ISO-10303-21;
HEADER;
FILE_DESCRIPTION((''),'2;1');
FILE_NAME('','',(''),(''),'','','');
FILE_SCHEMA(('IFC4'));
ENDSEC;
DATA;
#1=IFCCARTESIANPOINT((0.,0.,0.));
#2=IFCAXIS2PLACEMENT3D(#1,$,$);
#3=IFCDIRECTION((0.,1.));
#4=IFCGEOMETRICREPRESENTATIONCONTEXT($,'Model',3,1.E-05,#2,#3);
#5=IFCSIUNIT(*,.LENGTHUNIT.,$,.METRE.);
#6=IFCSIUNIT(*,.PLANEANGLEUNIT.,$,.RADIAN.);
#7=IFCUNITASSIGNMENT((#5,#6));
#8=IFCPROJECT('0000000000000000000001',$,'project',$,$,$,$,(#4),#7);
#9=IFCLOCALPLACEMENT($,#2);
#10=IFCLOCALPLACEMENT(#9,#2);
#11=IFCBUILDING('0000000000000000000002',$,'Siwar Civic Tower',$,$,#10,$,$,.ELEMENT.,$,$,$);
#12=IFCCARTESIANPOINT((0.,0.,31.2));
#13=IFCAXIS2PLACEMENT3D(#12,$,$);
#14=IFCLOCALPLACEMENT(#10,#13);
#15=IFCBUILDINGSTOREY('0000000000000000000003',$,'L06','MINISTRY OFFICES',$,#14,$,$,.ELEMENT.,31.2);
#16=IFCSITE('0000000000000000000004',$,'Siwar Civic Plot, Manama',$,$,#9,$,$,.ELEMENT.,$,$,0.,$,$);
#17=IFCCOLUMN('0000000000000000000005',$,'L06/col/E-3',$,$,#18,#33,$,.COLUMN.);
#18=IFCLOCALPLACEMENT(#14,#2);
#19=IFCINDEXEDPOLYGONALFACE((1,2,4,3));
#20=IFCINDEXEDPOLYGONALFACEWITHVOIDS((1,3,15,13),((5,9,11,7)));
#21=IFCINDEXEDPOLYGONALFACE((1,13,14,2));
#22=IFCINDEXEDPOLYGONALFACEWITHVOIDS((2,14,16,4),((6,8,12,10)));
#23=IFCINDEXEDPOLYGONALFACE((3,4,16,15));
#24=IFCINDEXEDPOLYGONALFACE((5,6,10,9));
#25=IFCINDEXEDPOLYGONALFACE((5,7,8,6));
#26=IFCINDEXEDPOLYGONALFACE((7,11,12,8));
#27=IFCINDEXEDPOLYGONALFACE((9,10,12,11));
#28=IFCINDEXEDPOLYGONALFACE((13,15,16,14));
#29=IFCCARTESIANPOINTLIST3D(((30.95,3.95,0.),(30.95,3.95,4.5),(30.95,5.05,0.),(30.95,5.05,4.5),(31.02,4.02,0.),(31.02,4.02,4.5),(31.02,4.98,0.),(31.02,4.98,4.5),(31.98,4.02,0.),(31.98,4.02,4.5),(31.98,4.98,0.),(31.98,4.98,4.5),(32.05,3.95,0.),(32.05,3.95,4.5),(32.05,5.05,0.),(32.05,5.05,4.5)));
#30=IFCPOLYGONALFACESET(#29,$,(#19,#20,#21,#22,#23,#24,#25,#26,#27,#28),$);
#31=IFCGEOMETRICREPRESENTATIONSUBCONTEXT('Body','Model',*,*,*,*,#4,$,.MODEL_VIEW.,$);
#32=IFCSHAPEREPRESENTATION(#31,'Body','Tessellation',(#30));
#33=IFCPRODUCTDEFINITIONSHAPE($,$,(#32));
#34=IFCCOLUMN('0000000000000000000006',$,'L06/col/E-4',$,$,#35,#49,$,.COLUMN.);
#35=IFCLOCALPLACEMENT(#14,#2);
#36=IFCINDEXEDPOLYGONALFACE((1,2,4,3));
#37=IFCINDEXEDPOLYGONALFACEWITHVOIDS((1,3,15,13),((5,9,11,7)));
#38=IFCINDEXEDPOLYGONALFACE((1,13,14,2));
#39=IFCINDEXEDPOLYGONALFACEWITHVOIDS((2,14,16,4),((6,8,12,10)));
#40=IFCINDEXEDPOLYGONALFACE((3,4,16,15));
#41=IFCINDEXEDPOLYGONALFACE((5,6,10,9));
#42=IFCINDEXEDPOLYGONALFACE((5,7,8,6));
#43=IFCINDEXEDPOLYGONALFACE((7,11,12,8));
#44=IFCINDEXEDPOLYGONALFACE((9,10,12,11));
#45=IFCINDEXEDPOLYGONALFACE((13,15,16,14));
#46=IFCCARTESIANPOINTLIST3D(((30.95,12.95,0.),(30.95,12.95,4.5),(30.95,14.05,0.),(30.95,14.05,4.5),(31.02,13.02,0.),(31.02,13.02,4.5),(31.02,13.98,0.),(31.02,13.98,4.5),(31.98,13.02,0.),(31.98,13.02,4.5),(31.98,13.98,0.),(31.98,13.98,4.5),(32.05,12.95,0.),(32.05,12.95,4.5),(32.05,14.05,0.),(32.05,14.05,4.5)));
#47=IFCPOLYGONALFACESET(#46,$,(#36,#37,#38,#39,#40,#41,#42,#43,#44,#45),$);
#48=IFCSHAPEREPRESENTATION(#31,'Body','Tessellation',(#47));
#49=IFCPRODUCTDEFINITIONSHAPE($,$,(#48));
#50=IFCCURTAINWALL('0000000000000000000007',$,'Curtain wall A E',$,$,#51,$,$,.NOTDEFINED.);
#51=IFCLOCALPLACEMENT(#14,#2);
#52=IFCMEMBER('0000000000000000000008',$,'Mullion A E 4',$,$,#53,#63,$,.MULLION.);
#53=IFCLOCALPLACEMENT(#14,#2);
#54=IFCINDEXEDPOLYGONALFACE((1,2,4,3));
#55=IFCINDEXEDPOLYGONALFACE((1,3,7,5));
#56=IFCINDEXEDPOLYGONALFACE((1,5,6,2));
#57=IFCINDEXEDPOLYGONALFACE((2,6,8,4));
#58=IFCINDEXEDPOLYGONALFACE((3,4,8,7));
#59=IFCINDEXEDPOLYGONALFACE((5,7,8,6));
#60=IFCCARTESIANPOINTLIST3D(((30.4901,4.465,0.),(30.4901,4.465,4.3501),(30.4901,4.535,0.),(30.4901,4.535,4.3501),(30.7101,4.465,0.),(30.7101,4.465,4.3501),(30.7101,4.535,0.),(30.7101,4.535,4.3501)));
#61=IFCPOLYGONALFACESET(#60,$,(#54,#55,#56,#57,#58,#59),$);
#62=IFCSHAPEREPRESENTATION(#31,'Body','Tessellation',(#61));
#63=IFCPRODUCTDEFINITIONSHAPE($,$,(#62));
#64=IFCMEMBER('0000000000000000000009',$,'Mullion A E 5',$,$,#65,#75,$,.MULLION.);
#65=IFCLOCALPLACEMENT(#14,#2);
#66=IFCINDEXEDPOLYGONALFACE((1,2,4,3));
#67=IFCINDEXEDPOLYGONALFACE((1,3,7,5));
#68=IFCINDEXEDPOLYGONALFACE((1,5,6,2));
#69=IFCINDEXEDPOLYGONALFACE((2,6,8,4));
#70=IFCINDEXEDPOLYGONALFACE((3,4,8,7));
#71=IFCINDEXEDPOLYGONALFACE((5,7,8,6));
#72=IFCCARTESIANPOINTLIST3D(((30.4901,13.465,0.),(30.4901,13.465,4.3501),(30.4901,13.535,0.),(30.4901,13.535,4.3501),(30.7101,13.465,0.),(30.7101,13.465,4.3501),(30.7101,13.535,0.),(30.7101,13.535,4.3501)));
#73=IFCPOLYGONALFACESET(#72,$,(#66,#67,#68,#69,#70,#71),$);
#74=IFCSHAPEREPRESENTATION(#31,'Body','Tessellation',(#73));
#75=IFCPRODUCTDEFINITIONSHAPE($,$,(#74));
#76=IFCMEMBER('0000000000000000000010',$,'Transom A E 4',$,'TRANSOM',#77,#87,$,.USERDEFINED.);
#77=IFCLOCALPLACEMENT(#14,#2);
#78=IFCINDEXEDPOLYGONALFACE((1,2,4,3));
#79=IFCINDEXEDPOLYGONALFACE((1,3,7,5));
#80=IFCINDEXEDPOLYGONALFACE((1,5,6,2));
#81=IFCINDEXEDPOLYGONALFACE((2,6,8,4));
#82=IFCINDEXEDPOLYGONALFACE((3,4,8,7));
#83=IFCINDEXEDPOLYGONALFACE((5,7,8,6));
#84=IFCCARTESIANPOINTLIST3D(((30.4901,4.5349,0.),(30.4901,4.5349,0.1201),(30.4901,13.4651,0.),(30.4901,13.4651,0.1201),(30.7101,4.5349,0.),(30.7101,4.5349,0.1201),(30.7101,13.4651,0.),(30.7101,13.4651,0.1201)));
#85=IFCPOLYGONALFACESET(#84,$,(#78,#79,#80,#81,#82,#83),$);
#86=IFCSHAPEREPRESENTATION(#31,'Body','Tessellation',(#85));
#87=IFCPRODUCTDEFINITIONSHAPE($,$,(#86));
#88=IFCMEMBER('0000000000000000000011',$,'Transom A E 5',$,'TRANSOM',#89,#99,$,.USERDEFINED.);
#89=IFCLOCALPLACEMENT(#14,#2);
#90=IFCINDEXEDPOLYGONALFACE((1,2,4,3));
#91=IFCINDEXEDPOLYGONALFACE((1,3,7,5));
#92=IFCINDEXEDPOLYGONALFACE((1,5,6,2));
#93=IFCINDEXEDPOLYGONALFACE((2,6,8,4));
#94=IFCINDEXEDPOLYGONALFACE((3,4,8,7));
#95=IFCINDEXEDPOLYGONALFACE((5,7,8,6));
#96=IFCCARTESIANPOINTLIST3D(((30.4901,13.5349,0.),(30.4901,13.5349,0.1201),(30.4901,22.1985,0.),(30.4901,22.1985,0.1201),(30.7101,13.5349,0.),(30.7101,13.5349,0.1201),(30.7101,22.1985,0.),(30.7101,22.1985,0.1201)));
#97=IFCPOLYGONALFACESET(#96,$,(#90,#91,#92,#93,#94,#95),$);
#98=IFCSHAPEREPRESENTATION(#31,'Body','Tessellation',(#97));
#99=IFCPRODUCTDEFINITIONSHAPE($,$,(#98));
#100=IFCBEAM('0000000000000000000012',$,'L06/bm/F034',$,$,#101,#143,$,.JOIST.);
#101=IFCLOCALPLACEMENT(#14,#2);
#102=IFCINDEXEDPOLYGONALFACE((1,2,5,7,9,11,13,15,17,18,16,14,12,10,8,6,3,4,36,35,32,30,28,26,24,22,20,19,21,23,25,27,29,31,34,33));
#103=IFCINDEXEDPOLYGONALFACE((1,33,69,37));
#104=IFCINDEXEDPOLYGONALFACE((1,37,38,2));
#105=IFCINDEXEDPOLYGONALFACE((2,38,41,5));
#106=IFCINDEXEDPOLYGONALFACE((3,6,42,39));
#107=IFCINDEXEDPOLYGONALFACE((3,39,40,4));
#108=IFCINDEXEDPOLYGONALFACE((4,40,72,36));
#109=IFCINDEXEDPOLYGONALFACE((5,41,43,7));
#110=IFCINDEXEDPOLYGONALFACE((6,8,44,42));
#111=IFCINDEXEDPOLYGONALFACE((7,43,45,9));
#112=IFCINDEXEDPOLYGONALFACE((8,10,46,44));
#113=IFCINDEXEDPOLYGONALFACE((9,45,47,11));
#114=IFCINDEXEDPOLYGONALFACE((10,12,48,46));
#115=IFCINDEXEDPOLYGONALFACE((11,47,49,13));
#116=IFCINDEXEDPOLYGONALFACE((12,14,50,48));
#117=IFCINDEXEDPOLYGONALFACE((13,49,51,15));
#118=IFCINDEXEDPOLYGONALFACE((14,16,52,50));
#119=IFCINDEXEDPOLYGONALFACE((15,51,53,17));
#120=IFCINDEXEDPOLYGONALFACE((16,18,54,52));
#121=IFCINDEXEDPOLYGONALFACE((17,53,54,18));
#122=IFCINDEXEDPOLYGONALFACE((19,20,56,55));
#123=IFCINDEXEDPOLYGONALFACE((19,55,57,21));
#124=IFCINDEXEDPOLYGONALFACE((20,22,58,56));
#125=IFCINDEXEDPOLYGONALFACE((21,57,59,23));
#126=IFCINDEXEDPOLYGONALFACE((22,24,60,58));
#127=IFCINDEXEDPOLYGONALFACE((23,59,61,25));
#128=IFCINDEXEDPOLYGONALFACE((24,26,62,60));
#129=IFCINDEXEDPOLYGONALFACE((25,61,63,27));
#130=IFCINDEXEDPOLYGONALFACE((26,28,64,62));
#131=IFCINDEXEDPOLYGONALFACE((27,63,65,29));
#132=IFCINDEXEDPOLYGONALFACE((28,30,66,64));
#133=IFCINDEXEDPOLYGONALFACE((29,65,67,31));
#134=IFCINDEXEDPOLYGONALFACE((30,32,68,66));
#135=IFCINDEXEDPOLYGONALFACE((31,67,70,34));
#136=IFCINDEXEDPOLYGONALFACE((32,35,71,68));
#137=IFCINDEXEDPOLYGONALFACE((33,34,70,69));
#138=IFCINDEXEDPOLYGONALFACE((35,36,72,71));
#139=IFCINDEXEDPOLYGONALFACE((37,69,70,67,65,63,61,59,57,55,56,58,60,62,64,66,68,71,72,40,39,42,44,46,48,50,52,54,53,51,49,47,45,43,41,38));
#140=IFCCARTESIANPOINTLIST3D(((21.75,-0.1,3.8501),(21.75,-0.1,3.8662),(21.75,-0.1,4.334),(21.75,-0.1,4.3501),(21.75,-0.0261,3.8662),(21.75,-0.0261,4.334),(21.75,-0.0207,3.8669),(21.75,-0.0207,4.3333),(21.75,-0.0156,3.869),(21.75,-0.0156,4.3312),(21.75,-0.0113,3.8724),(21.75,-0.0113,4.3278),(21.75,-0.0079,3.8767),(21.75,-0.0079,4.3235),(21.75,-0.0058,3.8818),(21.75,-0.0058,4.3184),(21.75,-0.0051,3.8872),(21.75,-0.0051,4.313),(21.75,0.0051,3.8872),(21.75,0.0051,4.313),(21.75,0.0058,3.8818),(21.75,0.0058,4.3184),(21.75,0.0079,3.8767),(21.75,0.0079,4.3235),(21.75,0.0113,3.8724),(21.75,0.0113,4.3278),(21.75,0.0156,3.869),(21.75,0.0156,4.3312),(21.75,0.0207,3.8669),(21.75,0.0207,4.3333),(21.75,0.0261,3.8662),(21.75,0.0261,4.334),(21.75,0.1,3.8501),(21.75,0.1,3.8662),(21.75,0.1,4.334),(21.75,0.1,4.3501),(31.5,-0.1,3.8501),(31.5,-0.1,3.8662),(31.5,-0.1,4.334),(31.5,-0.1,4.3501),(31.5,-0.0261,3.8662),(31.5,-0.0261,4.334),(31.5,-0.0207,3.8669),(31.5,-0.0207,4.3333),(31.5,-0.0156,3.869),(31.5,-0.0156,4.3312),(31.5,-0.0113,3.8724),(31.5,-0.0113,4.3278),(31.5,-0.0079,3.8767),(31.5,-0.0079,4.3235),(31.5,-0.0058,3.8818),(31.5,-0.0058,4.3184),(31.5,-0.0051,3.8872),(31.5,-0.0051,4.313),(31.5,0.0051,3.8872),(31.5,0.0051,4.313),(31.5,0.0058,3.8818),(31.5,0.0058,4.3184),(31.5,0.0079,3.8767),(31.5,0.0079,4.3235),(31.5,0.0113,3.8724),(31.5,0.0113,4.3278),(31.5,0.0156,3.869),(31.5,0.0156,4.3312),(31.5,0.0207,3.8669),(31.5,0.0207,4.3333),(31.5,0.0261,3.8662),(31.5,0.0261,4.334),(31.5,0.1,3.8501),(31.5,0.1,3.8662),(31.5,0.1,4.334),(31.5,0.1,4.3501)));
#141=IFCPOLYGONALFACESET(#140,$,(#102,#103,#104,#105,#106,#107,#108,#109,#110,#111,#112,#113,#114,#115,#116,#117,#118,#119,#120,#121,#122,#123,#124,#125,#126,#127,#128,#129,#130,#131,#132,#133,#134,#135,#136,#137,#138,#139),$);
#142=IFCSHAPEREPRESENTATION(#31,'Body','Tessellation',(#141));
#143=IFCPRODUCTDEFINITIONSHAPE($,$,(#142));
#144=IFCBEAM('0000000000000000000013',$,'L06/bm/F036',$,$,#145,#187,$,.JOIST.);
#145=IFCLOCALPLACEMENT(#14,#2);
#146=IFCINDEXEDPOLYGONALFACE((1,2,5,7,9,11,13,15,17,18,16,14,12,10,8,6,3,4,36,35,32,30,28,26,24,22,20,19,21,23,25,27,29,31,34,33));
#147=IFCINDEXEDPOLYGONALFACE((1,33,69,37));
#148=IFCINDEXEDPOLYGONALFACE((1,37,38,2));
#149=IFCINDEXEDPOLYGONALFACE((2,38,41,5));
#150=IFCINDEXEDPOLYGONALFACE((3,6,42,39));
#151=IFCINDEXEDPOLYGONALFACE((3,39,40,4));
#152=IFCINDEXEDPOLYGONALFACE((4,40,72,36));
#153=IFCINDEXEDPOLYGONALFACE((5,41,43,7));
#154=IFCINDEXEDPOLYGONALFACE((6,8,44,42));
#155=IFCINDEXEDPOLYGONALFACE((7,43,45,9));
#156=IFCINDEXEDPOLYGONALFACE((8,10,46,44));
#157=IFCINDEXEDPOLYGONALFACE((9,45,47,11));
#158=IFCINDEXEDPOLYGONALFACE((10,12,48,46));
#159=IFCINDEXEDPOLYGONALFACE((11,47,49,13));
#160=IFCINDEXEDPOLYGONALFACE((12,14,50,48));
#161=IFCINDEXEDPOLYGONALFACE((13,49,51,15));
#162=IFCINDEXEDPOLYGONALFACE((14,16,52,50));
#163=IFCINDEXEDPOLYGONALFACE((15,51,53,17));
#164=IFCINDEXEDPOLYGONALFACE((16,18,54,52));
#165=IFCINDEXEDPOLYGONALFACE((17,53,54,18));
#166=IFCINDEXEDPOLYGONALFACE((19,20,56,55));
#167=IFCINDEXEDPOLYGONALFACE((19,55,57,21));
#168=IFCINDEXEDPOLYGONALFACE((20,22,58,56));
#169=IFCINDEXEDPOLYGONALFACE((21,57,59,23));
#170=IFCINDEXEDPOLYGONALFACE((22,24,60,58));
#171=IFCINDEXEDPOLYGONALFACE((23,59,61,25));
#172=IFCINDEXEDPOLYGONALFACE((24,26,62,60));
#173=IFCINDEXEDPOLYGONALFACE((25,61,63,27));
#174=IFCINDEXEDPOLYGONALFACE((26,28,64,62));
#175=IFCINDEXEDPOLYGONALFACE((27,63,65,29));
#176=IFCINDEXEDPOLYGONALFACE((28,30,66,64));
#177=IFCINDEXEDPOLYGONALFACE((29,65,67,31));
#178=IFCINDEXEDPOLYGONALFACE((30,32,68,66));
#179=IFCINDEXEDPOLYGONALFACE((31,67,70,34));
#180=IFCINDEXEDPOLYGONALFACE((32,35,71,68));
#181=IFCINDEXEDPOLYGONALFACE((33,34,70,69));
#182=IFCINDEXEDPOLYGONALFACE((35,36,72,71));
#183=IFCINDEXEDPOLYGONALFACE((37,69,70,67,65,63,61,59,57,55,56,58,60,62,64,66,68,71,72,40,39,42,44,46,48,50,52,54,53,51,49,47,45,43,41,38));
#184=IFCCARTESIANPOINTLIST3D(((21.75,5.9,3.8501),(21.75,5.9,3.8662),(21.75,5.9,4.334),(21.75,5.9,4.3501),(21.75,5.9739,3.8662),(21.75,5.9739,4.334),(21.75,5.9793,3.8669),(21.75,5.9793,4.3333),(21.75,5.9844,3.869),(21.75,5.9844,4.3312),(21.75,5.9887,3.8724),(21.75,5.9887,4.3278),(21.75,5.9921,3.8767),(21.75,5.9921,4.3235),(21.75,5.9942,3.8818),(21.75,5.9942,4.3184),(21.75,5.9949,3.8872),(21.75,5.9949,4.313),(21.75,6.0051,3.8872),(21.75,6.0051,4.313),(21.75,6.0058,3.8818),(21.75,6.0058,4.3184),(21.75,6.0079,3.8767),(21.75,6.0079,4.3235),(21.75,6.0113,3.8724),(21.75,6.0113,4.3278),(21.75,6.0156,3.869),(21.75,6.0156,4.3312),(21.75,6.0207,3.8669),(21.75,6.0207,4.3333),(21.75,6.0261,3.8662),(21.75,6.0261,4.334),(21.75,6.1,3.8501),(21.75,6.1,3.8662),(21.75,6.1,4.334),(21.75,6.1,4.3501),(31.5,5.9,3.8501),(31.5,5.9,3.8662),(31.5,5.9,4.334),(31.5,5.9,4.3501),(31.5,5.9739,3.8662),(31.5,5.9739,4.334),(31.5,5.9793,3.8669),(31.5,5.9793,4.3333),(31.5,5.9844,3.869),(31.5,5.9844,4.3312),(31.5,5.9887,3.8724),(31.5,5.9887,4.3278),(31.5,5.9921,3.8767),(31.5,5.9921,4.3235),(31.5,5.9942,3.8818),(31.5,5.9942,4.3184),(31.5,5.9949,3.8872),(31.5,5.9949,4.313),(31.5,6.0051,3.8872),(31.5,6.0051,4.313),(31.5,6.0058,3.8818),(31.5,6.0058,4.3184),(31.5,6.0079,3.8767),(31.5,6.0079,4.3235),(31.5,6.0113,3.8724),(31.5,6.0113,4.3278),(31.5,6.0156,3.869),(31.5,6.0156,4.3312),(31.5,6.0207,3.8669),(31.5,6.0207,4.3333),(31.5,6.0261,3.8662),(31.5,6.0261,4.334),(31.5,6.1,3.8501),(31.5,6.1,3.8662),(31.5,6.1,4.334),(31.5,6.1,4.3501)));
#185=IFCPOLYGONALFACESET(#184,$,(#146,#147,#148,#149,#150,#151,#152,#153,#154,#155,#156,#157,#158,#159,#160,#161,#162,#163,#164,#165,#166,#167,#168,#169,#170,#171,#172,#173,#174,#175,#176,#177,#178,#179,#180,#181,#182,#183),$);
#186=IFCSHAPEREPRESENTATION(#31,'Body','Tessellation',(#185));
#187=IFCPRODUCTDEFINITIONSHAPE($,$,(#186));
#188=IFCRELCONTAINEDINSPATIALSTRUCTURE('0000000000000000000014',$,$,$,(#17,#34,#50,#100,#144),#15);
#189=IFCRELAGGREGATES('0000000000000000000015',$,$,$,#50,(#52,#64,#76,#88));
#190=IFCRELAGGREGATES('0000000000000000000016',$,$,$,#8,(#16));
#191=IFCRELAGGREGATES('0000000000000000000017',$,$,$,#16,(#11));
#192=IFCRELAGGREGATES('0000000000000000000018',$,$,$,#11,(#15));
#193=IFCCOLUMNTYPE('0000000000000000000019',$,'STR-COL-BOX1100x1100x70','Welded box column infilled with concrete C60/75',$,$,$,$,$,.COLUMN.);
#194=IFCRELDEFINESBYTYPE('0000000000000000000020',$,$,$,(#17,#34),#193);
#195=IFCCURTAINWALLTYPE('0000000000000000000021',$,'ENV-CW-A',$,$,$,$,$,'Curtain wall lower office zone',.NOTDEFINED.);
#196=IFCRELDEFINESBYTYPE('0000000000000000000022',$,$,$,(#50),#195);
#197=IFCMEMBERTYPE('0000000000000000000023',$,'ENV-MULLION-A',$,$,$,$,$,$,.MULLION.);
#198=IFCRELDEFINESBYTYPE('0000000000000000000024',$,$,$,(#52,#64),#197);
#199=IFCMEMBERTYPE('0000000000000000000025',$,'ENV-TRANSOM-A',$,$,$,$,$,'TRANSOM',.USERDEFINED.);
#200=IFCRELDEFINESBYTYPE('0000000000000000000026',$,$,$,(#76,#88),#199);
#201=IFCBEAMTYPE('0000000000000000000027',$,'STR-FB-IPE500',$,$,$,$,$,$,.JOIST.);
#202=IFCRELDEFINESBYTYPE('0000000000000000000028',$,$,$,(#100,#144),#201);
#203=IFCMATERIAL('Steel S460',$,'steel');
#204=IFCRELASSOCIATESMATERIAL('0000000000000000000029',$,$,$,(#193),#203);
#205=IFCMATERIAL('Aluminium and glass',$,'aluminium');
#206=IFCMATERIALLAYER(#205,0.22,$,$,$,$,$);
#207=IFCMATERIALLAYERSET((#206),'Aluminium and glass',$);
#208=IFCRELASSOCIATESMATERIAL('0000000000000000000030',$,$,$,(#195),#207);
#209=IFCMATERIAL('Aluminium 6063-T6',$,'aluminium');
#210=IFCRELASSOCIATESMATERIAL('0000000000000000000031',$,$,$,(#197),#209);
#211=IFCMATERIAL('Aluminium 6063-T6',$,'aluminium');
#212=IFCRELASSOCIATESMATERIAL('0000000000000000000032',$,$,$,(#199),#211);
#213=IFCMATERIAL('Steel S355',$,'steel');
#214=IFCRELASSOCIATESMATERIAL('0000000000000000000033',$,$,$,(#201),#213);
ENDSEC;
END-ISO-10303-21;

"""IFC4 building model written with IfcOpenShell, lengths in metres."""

from ifc_helpers import new_model, si_unit, direction, frame, origin, origin_2d, place, context, subcontext, project, spatial, rectangle, hollow_rectangle, i_section, extrude, material, layer, layer_set, material_profile, profile_set, type_object, element, aggregate, save


model = new_model("IFC4")

# Units and contexts
model_context = context("Model", 3, precision=1e-05, world=origin(), true_north=direction((0.0, 1.0)))
body_context = subcontext(model_context, "Body", "Model", "MODEL_VIEW")
ifc_project = project(units=[si_unit("LENGTHUNIT", "METRE"), si_unit("PLANEANGLEUNIT", "RADIAN")], contexts=[model_context])

# Site, building, storey
site_placement = place(None, origin())
site = spatial("IfcSite", under=ifc_project, at=site_placement, Name="Siwar Civic Plot, Manama", CompositionType="ELEMENT", RefElevation=0.0)
building_placement = place(site_placement, origin())
building = spatial("IfcBuilding", under=site, at=building_placement, Name="Siwar Civic Tower", CompositionType="ELEMENT")
storey_placement = place(building_placement, frame((0.0, 0.0, 31.2)))
storey = spatial("IfcBuildingStorey", under=building, at=storey_placement, Name="L06", Description="MINISTRY OFFICES", CompositionType="ELEMENT", Elevation=31.2)

# Columns
ifc_material_1 = material(Name="Steel S460", Category="steel")
ifc_material_profile_1 = material_profile(ifc_material_1, hollow_rectangle(XDim=1.1001, YDim=1.1001, WallThickness=0.0701, at=origin_2d()), Name="BOX1100x1100x70")
ifc_profile_set_1 = profile_set([ifc_material_profile_1], Name="Steel S460")
column_type = type_object("IfcColumnType", Name="STR-COL-BOX1100x1100x70", Description="Welded box column infilled with concrete C60/75", PredefinedType="COLUMN", material=ifc_profile_set_1)
for number, where, z_axis, x_axis, name in (
    (1, (31.5, 4.5, 0.0), (0.0, 0.0, 1.0), (1.0, 0.0, 0.0), "L06/col/E-3"),
    (2, (31.5, 13.5, 0.0), (0.0, 0.0, 1.0), (1.0, 0.0, 0.0), "L06/col/E-4"),
):
    element("IfcColumn", number, at=place(storey_placement, frame(where, z_axis=z_axis, x_axis=x_axis)), inside=storey, type_object=column_type, Name=name, PredefinedType="COLUMN", context=body_context, shape_type="SweptSolid", body=[
        extrude(hollow_rectangle(XDim=1.1001, YDim=1.1001, WallThickness=0.0701, at=origin_2d()), origin(), (0.0, 0.0, 1.0), 4.5),
    ])

# Curtain wall, members
ifc_material_2 = material(Name="Aluminium and glass", Category="aluminium")
ifc_layer_1 = layer(ifc_material_2, 0.22)
ifc_layer_set_1 = layer_set([ifc_layer_1], Name="Aluminium and glass")
curtain_wall_type = type_object("IfcCurtainWallType", Name="ENV-CW-A", ElementType="Curtain wall lower office zone", PredefinedType="NOTDEFINED", material=ifc_layer_set_1)
curtain_wall_placement = place(storey_placement, origin())
curtain_wall = element("IfcCurtainWall", 3, at=curtain_wall_placement, inside=storey, type_object=curtain_wall_type, Name="Curtain wall A E", PredefinedType="NOTDEFINED")
ifc_material_3 = material(Name="Aluminium 6063-T6", Category="aluminium")
ifc_material_profile_2 = material_profile(ifc_material_3, rectangle(XDim=0.22, YDim=0.0701, at=origin_2d()), Name="AL 220x70")
ifc_profile_set_2 = profile_set([ifc_material_profile_2], Name="Aluminium 6063-T6")
member_type_1 = type_object("IfcMemberType", Name="ENV-MULLION-A", PredefinedType="MULLION", material=ifc_profile_set_2)
member_1_placement = place(storey_placement, frame((30.6001, 4.5, 0.0), z_axis=(0.0, 0.0, 1.0), x_axis=(-1.0, 0.0, 0.0)))
member_1 = element("IfcMember", 4, at=member_1_placement, type_object=member_type_1, Name="Mullion A E 4", PredefinedType="MULLION", context=body_context, shape_type="SweptSolid", body=[
    extrude(rectangle(XDim=0.22, YDim=0.0701, at=origin_2d()), origin(), (0.0, 0.0, 1.0), 4.3501),
])
member_2_placement = place(storey_placement, frame((30.6001, 13.5, 0.0), z_axis=(0.0, 0.0, 1.0), x_axis=(-1.0, 0.0, 0.0)))
member_2 = element("IfcMember", 5, at=member_2_placement, type_object=member_type_1, Name="Mullion A E 5", PredefinedType="MULLION", context=body_context, shape_type="SweptSolid", body=[
    extrude(rectangle(XDim=0.22, YDim=0.0701, at=origin_2d()), origin(), (0.0, 0.0, 1.0), 4.3501),
])
ifc_material_4 = material(Name="Aluminium 6063-T6", Category="aluminium")
ifc_material_profile_3 = material_profile(ifc_material_4, rectangle(XDim=0.22, YDim=0.1201, at=origin_2d()), Name="AL 220x120")
ifc_profile_set_3 = profile_set([ifc_material_profile_3], Name="Aluminium 6063-T6")
member_type_2 = type_object("IfcMemberType", Name="ENV-TRANSOM-A", ElementType="TRANSOM", PredefinedType="USERDEFINED", material=ifc_profile_set_3)
member_3_placement = place(storey_placement, frame((30.6001, 4.5349, 0.0601), z_axis=(0.0, 1.0, 0.0), x_axis=(-1.0, 0.0, 0.0)))
member_3 = element("IfcMember", 6, at=member_3_placement, type_object=member_type_2, Name="Transom A E 4", ObjectType="TRANSOM", PredefinedType="USERDEFINED", context=body_context, shape_type="SweptSolid", body=[
    extrude(rectangle(XDim=0.22, YDim=0.1201, at=origin_2d()), origin(), (0.0, 0.0, 1.0), 8.9302),
])
member_4_placement = place(storey_placement, frame((30.6001, 13.5349, 0.0601), z_axis=(0.0, 1.0, 0.0), x_axis=(-1.0, 0.0, 0.0)))
member_4 = element("IfcMember", 7, at=member_4_placement, type_object=member_type_2, Name="Transom A E 5", ObjectType="TRANSOM", PredefinedType="USERDEFINED", context=body_context, shape_type="SweptSolid", body=[
    extrude(rectangle(XDim=0.22, YDim=0.1201, at=origin_2d()), origin(), (0.0, 0.0, 1.0), 8.6636),
])

# Beams
ifc_material_5 = material(Name="Steel S355", Category="steel")
ifc_material_profile_4 = material_profile(ifc_material_5, i_section(OverallWidth=0.2, OverallDepth=0.5, WebThickness=0.0103, FlangeThickness=0.0161, FilletRadius=0.021, at=origin_2d()), Name="IPE500")
ifc_profile_set_4 = profile_set([ifc_material_profile_4], Name="Steel S355")
beam_type_1 = type_object("IfcBeamType", Name="STR-FB-IPE500", PredefinedType="JOIST", material=ifc_profile_set_4)
for number, where, z_axis, x_axis, name in (
    (8, (21.75, 0.0, 4.1001), (1.0, 0.0, 0.0), (0.0, 1.0, 0.0), "L06/bm/F034"),
    (9, (21.75, 6.0, 4.1001), (1.0, 0.0, 0.0), (0.0, 1.0, 0.0), "L06/bm/F036"),
):
    element("IfcBeam", number, at=place(storey_placement, frame(where, z_axis=z_axis, x_axis=x_axis)), inside=storey, type_object=beam_type_1, Name=name, PredefinedType="JOIST", context=body_context, shape_type="SweptSolid", body=[
        extrude(i_section(OverallWidth=0.2, OverallDepth=0.5, WebThickness=0.0103, FlangeThickness=0.0161, FilletRadius=0.021, at=origin_2d()), origin(), (0.0, 0.0, 1.0), 9.75),
    ])

aggregate(curtain_wall, [member_1, member_2, member_3, member_4])

save(model, "model.ifc")
